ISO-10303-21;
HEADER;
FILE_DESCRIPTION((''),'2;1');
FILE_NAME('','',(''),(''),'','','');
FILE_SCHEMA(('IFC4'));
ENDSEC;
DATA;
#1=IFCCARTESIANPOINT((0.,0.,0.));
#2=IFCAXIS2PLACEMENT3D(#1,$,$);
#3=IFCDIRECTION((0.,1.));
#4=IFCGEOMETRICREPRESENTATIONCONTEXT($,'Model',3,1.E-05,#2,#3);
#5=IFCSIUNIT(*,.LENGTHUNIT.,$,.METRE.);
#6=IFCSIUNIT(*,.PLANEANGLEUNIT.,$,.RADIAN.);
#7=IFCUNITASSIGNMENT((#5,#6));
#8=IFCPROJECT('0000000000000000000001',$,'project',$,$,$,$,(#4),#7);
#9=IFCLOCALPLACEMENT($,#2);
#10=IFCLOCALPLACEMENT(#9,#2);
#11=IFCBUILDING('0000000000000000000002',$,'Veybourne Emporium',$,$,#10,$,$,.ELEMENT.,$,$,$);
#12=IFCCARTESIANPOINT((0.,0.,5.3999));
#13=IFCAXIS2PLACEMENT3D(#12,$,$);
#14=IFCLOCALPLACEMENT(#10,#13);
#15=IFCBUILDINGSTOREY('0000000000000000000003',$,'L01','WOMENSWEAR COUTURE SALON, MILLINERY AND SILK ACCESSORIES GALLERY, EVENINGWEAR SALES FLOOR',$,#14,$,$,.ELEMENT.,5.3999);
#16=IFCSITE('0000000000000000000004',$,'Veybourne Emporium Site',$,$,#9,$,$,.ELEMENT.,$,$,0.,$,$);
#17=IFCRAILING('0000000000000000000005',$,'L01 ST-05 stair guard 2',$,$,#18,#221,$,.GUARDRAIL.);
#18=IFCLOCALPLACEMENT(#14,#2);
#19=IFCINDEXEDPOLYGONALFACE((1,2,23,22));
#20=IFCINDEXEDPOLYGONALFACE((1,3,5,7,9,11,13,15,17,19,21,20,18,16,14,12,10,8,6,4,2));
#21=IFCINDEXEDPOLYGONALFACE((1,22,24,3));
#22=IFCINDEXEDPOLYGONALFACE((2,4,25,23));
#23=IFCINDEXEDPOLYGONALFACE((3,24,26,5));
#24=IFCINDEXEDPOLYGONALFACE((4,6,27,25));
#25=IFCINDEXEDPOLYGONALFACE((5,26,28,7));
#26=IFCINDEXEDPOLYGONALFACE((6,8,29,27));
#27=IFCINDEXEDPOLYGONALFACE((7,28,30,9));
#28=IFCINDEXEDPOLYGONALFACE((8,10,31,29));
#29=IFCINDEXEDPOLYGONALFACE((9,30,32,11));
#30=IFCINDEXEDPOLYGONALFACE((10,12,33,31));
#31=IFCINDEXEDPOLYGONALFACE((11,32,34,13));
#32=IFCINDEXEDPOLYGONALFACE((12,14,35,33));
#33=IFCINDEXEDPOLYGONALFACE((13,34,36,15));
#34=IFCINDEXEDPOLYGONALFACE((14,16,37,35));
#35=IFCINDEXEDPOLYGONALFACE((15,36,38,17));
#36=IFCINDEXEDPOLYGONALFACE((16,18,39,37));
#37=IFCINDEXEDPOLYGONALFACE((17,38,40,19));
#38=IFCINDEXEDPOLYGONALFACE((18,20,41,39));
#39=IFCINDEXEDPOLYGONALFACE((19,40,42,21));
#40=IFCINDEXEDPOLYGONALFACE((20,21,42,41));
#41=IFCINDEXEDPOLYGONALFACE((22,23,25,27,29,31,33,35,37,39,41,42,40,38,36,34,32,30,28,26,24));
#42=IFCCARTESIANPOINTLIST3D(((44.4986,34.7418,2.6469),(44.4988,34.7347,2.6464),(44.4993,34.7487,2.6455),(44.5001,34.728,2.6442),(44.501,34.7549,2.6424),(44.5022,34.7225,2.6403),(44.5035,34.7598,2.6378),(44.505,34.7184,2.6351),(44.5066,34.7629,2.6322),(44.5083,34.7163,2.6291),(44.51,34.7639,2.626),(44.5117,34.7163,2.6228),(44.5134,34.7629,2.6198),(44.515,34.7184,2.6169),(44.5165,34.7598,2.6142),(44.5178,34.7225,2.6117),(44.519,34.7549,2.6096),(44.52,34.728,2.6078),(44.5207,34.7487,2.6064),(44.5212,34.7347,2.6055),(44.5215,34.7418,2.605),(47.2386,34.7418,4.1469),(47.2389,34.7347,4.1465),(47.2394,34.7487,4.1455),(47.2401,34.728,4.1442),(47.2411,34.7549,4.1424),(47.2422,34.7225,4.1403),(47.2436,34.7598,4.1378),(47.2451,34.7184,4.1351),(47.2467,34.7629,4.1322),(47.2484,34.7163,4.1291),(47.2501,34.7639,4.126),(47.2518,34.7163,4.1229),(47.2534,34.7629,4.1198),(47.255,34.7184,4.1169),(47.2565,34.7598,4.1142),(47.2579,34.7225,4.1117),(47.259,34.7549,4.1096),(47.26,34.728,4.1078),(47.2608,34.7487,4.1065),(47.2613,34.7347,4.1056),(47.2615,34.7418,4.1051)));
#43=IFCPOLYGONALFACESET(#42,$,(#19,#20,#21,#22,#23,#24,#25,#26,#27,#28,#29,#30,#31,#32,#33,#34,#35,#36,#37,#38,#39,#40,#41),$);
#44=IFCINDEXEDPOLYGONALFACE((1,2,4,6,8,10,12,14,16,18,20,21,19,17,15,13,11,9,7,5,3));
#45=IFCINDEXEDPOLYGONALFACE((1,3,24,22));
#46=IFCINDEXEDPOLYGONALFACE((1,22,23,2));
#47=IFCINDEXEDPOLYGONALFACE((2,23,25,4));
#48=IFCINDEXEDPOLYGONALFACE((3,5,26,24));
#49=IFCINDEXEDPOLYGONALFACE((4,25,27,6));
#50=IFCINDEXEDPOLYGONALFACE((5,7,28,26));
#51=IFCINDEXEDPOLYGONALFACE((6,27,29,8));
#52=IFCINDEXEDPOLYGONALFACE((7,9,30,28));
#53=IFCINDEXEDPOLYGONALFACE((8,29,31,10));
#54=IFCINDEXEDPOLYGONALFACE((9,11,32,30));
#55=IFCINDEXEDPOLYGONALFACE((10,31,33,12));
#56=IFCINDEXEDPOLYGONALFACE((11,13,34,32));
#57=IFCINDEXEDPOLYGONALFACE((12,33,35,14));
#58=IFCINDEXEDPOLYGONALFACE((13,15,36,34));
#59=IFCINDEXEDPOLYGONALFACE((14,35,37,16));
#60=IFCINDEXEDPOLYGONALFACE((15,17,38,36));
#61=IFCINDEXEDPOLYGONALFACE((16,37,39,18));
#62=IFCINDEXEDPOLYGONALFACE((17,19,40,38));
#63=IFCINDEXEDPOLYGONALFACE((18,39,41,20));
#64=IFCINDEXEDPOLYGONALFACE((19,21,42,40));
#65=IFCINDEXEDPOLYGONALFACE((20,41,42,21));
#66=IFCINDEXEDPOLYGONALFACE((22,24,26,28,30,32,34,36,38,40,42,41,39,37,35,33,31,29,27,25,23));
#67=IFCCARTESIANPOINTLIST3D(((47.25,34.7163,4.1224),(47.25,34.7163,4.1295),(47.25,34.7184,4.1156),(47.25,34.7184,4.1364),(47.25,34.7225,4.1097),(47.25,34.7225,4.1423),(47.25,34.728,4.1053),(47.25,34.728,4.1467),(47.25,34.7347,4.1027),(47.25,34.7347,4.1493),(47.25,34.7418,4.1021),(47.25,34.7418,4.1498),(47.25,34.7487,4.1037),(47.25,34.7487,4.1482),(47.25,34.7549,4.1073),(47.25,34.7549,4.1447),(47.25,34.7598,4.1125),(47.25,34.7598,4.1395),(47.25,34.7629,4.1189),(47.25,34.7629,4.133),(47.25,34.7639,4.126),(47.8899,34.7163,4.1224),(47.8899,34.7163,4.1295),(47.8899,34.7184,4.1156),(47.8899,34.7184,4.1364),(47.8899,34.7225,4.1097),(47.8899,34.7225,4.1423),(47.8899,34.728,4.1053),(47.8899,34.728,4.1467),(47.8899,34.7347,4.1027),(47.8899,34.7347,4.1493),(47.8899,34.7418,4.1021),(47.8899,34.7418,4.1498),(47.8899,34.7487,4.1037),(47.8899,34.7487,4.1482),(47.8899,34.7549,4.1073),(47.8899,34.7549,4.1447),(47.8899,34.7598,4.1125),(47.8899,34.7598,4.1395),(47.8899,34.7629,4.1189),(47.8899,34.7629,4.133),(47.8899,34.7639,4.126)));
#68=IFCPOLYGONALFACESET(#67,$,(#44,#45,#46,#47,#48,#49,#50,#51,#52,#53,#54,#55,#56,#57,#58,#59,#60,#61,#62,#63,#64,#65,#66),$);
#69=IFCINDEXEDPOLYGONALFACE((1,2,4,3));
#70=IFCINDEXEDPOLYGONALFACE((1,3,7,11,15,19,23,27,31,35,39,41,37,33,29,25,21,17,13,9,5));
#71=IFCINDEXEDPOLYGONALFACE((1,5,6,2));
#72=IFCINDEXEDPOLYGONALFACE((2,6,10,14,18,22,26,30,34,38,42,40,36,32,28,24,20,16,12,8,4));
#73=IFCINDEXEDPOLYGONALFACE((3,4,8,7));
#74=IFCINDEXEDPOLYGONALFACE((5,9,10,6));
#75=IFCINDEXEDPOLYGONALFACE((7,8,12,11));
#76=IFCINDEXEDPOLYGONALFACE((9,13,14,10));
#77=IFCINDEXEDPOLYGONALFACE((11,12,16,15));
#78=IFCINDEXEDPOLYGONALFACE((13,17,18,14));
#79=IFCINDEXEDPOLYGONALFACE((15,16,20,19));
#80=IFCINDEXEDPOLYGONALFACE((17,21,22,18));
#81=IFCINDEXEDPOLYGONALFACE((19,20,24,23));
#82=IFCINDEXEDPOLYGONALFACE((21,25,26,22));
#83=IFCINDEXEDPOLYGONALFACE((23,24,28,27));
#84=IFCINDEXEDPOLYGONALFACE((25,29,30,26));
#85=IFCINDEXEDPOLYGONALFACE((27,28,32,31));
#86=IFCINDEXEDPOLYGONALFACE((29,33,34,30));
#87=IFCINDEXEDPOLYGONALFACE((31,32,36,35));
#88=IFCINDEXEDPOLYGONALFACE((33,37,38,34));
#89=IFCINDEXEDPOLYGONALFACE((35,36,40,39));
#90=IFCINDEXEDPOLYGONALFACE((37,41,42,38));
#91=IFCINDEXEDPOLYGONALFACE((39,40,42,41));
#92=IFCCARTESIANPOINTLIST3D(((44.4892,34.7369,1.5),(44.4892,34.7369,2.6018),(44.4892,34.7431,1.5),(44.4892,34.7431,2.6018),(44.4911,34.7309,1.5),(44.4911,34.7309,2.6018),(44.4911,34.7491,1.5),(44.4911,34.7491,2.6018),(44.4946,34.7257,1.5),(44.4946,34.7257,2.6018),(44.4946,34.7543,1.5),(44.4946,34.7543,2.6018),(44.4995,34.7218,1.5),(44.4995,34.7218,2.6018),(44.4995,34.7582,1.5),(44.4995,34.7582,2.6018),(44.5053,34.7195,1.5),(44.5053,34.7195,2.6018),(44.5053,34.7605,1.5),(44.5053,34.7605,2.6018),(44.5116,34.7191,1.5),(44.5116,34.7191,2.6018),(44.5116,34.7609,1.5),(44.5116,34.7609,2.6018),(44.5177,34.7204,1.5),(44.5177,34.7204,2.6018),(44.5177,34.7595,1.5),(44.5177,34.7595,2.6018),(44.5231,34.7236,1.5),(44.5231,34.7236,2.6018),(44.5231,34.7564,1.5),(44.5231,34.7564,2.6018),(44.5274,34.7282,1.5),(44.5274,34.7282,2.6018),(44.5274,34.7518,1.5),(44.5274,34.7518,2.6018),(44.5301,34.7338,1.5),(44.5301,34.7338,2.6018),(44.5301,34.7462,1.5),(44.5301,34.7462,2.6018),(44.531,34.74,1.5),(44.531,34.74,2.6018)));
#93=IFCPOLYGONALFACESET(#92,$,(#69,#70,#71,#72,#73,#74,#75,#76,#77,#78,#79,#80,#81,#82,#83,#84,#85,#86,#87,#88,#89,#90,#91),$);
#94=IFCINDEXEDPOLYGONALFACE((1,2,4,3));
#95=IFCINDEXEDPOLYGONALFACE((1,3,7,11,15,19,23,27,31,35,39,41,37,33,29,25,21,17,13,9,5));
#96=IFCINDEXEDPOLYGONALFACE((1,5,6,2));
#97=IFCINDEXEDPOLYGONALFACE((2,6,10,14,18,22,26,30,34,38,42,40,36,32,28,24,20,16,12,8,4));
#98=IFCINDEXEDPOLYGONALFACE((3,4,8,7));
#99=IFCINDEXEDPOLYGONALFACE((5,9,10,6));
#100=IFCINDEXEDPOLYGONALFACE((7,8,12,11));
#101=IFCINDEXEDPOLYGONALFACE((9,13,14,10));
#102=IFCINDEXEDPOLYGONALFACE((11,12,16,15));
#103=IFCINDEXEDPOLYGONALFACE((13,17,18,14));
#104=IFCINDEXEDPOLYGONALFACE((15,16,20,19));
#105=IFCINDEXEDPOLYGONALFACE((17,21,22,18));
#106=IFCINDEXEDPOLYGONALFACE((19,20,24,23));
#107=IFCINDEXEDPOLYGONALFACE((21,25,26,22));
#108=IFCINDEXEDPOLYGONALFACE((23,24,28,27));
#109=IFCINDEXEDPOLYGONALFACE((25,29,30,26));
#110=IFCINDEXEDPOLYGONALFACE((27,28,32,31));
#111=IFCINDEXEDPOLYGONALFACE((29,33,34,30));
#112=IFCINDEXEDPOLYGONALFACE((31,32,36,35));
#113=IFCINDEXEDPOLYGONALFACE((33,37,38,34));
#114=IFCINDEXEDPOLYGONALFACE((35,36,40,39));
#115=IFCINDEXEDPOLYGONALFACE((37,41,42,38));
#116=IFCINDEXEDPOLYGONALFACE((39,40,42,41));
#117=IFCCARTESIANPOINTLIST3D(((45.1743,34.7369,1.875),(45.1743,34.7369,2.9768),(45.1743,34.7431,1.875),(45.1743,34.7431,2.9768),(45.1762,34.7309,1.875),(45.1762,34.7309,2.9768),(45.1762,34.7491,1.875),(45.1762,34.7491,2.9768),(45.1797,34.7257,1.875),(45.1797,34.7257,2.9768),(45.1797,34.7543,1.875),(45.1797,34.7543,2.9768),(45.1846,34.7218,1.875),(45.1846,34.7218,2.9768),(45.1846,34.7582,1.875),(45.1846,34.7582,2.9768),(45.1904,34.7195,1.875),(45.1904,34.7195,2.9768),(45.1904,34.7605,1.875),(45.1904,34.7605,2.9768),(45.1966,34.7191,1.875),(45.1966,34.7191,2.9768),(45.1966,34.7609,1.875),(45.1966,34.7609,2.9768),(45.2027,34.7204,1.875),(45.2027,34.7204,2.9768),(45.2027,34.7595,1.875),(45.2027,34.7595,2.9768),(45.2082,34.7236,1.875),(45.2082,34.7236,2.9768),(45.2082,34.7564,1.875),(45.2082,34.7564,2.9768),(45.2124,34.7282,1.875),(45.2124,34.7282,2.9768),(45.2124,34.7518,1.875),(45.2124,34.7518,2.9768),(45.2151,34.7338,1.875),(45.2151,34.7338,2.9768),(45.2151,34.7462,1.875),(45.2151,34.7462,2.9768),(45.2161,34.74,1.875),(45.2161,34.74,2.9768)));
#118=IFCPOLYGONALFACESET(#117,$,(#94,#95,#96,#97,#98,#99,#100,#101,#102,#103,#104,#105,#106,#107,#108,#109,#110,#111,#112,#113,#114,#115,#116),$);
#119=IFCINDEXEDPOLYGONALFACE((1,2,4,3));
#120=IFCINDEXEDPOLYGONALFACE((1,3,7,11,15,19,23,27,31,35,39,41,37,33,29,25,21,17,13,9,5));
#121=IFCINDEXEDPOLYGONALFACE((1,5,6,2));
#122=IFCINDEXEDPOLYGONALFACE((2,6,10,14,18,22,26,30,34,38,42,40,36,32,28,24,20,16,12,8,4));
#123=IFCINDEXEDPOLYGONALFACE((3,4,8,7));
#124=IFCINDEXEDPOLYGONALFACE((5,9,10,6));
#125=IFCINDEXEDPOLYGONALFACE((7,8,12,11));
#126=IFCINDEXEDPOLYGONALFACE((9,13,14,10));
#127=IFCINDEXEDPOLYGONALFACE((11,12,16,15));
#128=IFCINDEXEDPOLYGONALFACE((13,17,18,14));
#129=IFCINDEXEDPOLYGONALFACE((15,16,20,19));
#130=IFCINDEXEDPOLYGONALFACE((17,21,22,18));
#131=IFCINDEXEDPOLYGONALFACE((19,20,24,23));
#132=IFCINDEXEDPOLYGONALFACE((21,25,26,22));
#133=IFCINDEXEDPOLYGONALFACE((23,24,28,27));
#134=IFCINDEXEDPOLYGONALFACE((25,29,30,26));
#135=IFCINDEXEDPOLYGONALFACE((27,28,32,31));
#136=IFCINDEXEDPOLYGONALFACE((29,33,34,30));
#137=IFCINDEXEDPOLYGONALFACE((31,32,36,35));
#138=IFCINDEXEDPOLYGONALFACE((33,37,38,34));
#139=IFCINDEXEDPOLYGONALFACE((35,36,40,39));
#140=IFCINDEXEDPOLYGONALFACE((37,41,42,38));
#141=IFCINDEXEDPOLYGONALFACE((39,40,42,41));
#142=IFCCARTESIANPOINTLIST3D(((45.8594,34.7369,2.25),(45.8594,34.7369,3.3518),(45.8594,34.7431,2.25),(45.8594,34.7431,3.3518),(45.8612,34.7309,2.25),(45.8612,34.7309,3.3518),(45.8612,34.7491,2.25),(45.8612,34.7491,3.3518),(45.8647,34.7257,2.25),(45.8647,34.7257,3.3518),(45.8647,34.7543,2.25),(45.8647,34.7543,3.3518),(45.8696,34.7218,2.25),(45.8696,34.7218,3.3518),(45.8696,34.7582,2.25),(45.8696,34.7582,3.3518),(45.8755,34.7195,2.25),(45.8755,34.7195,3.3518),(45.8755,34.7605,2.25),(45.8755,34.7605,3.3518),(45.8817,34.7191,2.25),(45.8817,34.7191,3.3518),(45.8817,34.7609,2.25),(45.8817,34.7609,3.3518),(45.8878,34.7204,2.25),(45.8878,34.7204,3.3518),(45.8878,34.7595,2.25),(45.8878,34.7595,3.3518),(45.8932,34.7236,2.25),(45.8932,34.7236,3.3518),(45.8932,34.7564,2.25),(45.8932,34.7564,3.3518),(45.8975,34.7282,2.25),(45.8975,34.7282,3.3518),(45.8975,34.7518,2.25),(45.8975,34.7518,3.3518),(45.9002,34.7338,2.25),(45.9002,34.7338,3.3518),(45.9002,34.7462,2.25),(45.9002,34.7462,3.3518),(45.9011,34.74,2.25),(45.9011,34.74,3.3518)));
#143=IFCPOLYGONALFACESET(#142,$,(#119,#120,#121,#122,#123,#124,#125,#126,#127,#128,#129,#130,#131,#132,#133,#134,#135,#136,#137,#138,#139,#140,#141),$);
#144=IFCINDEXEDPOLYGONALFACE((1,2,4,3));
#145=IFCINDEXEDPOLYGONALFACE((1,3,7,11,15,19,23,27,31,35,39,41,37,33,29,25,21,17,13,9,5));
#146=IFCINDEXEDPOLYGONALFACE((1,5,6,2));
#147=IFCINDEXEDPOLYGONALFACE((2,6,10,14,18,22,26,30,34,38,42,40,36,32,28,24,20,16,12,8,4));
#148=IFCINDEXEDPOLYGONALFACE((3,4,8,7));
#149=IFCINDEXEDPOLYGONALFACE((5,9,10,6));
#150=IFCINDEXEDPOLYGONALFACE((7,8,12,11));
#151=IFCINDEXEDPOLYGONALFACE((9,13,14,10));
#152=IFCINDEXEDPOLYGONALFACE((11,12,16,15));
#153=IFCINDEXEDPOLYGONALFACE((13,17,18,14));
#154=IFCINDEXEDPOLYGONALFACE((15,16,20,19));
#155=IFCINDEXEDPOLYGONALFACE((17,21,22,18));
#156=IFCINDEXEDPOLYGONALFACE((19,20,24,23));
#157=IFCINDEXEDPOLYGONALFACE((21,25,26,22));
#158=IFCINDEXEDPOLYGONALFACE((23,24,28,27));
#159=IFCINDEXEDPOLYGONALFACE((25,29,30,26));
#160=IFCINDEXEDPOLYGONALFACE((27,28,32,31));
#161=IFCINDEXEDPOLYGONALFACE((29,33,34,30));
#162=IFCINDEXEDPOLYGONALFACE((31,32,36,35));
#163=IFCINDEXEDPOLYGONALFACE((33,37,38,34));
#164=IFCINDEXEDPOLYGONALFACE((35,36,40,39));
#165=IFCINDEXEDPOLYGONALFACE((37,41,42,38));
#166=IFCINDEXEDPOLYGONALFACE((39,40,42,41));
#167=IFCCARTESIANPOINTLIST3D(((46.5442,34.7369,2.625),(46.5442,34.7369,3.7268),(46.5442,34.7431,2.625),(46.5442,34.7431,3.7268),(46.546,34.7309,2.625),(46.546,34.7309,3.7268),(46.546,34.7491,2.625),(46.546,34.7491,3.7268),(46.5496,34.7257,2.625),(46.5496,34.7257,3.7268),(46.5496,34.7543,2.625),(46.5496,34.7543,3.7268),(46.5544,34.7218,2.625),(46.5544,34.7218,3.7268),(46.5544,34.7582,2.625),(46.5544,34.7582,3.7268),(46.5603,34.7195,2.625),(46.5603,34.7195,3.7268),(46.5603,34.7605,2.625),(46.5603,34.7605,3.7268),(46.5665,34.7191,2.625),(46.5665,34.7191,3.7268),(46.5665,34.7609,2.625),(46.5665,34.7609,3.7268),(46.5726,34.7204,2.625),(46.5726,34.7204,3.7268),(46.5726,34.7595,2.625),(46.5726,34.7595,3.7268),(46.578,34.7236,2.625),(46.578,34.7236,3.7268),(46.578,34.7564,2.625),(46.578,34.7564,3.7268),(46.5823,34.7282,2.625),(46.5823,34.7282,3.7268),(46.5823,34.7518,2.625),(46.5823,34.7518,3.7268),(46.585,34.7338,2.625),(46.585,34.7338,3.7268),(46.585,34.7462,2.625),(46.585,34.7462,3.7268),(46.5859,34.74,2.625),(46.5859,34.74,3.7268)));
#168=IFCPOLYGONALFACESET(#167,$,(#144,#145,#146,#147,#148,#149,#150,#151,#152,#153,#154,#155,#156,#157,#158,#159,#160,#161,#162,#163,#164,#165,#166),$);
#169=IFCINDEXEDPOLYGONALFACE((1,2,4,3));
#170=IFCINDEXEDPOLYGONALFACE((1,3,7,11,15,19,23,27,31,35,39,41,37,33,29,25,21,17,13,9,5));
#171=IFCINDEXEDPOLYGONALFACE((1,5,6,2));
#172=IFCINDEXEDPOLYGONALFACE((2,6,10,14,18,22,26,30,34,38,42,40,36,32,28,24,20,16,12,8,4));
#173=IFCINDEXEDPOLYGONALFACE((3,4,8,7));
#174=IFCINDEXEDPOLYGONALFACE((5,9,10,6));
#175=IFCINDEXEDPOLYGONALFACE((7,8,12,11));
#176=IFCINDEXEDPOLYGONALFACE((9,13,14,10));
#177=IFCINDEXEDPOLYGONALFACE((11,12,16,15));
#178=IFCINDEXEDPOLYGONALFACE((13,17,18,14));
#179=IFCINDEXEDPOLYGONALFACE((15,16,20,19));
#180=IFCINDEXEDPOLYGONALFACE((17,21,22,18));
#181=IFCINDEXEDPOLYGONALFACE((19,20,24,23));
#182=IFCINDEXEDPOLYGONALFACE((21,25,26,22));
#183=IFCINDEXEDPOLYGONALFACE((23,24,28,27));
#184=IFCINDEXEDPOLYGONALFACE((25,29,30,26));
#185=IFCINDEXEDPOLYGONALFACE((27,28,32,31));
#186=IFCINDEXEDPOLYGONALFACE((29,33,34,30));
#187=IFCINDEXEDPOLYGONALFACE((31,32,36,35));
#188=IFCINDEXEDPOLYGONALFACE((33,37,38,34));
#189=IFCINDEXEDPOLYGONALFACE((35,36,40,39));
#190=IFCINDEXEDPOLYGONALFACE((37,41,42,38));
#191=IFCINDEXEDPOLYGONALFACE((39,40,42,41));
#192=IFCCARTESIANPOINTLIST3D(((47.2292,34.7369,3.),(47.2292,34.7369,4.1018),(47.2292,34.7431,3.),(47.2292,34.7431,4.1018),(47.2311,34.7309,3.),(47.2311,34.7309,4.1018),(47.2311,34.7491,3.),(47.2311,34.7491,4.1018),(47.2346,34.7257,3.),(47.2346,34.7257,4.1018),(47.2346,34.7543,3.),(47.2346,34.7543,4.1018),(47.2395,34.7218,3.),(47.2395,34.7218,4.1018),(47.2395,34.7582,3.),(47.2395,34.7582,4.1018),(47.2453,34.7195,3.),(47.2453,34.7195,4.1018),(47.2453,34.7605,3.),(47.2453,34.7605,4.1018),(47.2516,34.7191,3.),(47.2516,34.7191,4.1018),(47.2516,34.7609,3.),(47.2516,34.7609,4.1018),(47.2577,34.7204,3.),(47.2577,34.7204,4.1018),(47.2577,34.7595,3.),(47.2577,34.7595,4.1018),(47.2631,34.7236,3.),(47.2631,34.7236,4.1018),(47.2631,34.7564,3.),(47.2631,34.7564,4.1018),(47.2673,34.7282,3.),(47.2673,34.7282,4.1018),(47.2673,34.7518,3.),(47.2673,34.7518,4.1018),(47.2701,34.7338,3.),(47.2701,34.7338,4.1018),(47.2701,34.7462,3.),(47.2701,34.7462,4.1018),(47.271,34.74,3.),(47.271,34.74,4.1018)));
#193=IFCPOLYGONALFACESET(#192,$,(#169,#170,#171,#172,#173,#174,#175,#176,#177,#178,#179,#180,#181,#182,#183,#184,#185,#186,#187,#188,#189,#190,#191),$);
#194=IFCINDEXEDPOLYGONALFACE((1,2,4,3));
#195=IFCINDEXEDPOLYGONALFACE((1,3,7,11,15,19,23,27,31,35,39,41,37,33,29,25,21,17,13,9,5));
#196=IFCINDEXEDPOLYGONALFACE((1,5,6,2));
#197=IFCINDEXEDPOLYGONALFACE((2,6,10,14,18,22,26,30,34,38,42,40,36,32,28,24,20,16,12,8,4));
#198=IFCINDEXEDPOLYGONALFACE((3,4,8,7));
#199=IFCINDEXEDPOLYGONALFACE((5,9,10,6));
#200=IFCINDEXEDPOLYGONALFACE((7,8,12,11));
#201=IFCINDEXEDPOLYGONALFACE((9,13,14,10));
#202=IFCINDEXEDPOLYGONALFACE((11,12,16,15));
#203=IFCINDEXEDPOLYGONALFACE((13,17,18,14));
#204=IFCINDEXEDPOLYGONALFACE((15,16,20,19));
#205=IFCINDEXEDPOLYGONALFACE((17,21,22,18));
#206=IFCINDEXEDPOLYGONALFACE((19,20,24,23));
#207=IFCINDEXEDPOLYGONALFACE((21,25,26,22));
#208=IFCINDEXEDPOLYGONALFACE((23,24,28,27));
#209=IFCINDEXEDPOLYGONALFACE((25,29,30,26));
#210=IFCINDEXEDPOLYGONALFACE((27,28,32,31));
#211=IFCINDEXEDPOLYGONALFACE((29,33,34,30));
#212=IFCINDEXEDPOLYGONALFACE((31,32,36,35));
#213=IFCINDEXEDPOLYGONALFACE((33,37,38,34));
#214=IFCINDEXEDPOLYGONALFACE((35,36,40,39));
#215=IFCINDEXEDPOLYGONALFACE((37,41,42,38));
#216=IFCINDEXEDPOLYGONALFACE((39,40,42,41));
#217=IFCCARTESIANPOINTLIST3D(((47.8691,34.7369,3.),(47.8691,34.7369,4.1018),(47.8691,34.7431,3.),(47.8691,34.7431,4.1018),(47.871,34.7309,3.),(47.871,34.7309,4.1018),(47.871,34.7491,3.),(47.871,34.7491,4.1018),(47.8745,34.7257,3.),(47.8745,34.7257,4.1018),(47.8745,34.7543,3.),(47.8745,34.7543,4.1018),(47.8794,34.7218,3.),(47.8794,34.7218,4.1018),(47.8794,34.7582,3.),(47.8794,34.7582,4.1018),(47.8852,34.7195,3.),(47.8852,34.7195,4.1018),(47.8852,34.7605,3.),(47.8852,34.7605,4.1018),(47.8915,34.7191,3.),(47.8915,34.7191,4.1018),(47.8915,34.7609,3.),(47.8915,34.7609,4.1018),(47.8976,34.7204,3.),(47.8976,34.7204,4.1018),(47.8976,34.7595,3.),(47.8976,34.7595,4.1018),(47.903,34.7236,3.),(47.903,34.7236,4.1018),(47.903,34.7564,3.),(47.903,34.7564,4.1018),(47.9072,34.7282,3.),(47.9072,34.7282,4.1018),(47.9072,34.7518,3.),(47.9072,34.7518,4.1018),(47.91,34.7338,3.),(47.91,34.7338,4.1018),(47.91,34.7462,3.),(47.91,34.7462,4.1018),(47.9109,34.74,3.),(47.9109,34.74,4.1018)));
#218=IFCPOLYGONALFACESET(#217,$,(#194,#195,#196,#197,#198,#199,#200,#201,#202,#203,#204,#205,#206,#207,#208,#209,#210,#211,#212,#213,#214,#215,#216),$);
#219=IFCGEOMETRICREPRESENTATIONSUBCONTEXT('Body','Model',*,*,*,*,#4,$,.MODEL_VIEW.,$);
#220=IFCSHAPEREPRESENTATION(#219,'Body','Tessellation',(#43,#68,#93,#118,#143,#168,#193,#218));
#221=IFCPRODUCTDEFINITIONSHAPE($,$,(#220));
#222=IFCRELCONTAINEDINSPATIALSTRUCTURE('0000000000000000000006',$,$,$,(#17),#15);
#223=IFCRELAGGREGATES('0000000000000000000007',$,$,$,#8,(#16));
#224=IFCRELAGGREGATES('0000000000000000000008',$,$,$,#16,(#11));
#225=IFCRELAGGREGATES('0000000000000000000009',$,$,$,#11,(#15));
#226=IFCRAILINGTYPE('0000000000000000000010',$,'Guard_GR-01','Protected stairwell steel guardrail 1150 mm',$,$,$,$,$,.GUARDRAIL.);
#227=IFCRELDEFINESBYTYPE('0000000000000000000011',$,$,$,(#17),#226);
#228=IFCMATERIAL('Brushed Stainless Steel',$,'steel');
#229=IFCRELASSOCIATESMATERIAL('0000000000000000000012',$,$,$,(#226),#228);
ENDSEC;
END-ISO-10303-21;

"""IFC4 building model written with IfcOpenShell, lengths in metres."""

from ifc_helpers import new_model, si_unit, direction, frame, origin, origin_2d, place, context, subcontext, project, spatial, circle, extrude, material, type_object, element, save


model = new_model("IFC4")

# Units and contexts
model_context = context("Model", 3, precision=1e-05, world=origin(), true_north=direction((0.0, 1.0)))
body_context = subcontext(model_context, "Body", "Model", "MODEL_VIEW")
ifc_project = project(units=[si_unit("LENGTHUNIT", "METRE"), si_unit("PLANEANGLEUNIT", "RADIAN")], contexts=[model_context])

# Site, building, storey
site_placement = place(None, origin())
site = spatial("IfcSite", under=ifc_project, at=site_placement, Name="Veybourne Emporium Site", CompositionType="ELEMENT", RefElevation=0.0)
building_placement = place(site_placement, origin())
building = spatial("IfcBuilding", under=site, at=building_placement, Name="Veybourne Emporium", CompositionType="ELEMENT")
storey_placement = place(building_placement, frame((0.0, 0.0, 5.3999)))
storey = spatial("IfcBuildingStorey", under=building, at=storey_placement, Name="L01", Description="WOMENSWEAR COUTURE SALON, MILLINERY AND SILK ACCESSORIES GALLERY, EVENINGWEAR SALES FLOOR", CompositionType="ELEMENT", Elevation=5.3999)

# Railing
ifc_material_1 = material(Name="Brushed Stainless Steel", Category="steel")
railing_type_1 = type_object("IfcRailingType", Name="Guard_GR-01", Description="Protected stairwell steel guardrail 1150 mm", PredefinedType="GUARDRAIL", material=ifc_material_1)
railing_1_placement = place(storey_placement, frame((44.51, 34.74, 1.5)))
element("IfcRailing", 1, at=railing_1_placement, inside=storey, type_object=railing_type_1, Name="L01 ST-05 stair guard 2", PredefinedType="GUARDRAIL", context=body_context, shape_type="SweptSolid", body=[
    extrude(circle(Radius=0.0239, at=origin_2d()), frame((0.0, 0.0, 1.126), z_axis=(0.87716, 0.0, 0.480199), x_axis=(0.0, 1.0, 0.0)), (0.0, 0.0, 1.0), 3.1238),
    extrude(circle(Radius=0.0239, at=origin_2d()), frame((2.74, 0.0, 2.626), z_axis=(1.0, 0.0, 0.0), x_axis=(0.0, 1.0, 0.0)), (0.0, 0.0, 1.0), 0.6399),
    extrude(circle(Radius=0.021, at=origin_2d()), origin(), (0.0, 0.0, 1.0), 1.1018),
    extrude(circle(Radius=0.021, at=origin_2d()), frame((0.6851, 0.0, 0.375)), (0.0, 0.0, 1.0), 1.1018),
    extrude(circle(Radius=0.021, at=origin_2d()), frame((1.3701, 0.0, 0.75)), (0.0, 0.0, 1.0), 1.1018),
    extrude(circle(Radius=0.021, at=origin_2d()), frame((2.0549, 0.0, 1.125)), (0.0, 0.0, 1.0), 1.1018),
    extrude(circle(Radius=0.021, at=origin_2d()), frame((2.74, 0.0, 1.5)), (0.0, 0.0, 1.0), 1.1018),
    extrude(circle(Radius=0.021, at=origin_2d()), frame((3.3799, 0.0, 1.5)), (0.0, 0.0, 1.0), 1.1018),
])

save(model, "model.ifc")
